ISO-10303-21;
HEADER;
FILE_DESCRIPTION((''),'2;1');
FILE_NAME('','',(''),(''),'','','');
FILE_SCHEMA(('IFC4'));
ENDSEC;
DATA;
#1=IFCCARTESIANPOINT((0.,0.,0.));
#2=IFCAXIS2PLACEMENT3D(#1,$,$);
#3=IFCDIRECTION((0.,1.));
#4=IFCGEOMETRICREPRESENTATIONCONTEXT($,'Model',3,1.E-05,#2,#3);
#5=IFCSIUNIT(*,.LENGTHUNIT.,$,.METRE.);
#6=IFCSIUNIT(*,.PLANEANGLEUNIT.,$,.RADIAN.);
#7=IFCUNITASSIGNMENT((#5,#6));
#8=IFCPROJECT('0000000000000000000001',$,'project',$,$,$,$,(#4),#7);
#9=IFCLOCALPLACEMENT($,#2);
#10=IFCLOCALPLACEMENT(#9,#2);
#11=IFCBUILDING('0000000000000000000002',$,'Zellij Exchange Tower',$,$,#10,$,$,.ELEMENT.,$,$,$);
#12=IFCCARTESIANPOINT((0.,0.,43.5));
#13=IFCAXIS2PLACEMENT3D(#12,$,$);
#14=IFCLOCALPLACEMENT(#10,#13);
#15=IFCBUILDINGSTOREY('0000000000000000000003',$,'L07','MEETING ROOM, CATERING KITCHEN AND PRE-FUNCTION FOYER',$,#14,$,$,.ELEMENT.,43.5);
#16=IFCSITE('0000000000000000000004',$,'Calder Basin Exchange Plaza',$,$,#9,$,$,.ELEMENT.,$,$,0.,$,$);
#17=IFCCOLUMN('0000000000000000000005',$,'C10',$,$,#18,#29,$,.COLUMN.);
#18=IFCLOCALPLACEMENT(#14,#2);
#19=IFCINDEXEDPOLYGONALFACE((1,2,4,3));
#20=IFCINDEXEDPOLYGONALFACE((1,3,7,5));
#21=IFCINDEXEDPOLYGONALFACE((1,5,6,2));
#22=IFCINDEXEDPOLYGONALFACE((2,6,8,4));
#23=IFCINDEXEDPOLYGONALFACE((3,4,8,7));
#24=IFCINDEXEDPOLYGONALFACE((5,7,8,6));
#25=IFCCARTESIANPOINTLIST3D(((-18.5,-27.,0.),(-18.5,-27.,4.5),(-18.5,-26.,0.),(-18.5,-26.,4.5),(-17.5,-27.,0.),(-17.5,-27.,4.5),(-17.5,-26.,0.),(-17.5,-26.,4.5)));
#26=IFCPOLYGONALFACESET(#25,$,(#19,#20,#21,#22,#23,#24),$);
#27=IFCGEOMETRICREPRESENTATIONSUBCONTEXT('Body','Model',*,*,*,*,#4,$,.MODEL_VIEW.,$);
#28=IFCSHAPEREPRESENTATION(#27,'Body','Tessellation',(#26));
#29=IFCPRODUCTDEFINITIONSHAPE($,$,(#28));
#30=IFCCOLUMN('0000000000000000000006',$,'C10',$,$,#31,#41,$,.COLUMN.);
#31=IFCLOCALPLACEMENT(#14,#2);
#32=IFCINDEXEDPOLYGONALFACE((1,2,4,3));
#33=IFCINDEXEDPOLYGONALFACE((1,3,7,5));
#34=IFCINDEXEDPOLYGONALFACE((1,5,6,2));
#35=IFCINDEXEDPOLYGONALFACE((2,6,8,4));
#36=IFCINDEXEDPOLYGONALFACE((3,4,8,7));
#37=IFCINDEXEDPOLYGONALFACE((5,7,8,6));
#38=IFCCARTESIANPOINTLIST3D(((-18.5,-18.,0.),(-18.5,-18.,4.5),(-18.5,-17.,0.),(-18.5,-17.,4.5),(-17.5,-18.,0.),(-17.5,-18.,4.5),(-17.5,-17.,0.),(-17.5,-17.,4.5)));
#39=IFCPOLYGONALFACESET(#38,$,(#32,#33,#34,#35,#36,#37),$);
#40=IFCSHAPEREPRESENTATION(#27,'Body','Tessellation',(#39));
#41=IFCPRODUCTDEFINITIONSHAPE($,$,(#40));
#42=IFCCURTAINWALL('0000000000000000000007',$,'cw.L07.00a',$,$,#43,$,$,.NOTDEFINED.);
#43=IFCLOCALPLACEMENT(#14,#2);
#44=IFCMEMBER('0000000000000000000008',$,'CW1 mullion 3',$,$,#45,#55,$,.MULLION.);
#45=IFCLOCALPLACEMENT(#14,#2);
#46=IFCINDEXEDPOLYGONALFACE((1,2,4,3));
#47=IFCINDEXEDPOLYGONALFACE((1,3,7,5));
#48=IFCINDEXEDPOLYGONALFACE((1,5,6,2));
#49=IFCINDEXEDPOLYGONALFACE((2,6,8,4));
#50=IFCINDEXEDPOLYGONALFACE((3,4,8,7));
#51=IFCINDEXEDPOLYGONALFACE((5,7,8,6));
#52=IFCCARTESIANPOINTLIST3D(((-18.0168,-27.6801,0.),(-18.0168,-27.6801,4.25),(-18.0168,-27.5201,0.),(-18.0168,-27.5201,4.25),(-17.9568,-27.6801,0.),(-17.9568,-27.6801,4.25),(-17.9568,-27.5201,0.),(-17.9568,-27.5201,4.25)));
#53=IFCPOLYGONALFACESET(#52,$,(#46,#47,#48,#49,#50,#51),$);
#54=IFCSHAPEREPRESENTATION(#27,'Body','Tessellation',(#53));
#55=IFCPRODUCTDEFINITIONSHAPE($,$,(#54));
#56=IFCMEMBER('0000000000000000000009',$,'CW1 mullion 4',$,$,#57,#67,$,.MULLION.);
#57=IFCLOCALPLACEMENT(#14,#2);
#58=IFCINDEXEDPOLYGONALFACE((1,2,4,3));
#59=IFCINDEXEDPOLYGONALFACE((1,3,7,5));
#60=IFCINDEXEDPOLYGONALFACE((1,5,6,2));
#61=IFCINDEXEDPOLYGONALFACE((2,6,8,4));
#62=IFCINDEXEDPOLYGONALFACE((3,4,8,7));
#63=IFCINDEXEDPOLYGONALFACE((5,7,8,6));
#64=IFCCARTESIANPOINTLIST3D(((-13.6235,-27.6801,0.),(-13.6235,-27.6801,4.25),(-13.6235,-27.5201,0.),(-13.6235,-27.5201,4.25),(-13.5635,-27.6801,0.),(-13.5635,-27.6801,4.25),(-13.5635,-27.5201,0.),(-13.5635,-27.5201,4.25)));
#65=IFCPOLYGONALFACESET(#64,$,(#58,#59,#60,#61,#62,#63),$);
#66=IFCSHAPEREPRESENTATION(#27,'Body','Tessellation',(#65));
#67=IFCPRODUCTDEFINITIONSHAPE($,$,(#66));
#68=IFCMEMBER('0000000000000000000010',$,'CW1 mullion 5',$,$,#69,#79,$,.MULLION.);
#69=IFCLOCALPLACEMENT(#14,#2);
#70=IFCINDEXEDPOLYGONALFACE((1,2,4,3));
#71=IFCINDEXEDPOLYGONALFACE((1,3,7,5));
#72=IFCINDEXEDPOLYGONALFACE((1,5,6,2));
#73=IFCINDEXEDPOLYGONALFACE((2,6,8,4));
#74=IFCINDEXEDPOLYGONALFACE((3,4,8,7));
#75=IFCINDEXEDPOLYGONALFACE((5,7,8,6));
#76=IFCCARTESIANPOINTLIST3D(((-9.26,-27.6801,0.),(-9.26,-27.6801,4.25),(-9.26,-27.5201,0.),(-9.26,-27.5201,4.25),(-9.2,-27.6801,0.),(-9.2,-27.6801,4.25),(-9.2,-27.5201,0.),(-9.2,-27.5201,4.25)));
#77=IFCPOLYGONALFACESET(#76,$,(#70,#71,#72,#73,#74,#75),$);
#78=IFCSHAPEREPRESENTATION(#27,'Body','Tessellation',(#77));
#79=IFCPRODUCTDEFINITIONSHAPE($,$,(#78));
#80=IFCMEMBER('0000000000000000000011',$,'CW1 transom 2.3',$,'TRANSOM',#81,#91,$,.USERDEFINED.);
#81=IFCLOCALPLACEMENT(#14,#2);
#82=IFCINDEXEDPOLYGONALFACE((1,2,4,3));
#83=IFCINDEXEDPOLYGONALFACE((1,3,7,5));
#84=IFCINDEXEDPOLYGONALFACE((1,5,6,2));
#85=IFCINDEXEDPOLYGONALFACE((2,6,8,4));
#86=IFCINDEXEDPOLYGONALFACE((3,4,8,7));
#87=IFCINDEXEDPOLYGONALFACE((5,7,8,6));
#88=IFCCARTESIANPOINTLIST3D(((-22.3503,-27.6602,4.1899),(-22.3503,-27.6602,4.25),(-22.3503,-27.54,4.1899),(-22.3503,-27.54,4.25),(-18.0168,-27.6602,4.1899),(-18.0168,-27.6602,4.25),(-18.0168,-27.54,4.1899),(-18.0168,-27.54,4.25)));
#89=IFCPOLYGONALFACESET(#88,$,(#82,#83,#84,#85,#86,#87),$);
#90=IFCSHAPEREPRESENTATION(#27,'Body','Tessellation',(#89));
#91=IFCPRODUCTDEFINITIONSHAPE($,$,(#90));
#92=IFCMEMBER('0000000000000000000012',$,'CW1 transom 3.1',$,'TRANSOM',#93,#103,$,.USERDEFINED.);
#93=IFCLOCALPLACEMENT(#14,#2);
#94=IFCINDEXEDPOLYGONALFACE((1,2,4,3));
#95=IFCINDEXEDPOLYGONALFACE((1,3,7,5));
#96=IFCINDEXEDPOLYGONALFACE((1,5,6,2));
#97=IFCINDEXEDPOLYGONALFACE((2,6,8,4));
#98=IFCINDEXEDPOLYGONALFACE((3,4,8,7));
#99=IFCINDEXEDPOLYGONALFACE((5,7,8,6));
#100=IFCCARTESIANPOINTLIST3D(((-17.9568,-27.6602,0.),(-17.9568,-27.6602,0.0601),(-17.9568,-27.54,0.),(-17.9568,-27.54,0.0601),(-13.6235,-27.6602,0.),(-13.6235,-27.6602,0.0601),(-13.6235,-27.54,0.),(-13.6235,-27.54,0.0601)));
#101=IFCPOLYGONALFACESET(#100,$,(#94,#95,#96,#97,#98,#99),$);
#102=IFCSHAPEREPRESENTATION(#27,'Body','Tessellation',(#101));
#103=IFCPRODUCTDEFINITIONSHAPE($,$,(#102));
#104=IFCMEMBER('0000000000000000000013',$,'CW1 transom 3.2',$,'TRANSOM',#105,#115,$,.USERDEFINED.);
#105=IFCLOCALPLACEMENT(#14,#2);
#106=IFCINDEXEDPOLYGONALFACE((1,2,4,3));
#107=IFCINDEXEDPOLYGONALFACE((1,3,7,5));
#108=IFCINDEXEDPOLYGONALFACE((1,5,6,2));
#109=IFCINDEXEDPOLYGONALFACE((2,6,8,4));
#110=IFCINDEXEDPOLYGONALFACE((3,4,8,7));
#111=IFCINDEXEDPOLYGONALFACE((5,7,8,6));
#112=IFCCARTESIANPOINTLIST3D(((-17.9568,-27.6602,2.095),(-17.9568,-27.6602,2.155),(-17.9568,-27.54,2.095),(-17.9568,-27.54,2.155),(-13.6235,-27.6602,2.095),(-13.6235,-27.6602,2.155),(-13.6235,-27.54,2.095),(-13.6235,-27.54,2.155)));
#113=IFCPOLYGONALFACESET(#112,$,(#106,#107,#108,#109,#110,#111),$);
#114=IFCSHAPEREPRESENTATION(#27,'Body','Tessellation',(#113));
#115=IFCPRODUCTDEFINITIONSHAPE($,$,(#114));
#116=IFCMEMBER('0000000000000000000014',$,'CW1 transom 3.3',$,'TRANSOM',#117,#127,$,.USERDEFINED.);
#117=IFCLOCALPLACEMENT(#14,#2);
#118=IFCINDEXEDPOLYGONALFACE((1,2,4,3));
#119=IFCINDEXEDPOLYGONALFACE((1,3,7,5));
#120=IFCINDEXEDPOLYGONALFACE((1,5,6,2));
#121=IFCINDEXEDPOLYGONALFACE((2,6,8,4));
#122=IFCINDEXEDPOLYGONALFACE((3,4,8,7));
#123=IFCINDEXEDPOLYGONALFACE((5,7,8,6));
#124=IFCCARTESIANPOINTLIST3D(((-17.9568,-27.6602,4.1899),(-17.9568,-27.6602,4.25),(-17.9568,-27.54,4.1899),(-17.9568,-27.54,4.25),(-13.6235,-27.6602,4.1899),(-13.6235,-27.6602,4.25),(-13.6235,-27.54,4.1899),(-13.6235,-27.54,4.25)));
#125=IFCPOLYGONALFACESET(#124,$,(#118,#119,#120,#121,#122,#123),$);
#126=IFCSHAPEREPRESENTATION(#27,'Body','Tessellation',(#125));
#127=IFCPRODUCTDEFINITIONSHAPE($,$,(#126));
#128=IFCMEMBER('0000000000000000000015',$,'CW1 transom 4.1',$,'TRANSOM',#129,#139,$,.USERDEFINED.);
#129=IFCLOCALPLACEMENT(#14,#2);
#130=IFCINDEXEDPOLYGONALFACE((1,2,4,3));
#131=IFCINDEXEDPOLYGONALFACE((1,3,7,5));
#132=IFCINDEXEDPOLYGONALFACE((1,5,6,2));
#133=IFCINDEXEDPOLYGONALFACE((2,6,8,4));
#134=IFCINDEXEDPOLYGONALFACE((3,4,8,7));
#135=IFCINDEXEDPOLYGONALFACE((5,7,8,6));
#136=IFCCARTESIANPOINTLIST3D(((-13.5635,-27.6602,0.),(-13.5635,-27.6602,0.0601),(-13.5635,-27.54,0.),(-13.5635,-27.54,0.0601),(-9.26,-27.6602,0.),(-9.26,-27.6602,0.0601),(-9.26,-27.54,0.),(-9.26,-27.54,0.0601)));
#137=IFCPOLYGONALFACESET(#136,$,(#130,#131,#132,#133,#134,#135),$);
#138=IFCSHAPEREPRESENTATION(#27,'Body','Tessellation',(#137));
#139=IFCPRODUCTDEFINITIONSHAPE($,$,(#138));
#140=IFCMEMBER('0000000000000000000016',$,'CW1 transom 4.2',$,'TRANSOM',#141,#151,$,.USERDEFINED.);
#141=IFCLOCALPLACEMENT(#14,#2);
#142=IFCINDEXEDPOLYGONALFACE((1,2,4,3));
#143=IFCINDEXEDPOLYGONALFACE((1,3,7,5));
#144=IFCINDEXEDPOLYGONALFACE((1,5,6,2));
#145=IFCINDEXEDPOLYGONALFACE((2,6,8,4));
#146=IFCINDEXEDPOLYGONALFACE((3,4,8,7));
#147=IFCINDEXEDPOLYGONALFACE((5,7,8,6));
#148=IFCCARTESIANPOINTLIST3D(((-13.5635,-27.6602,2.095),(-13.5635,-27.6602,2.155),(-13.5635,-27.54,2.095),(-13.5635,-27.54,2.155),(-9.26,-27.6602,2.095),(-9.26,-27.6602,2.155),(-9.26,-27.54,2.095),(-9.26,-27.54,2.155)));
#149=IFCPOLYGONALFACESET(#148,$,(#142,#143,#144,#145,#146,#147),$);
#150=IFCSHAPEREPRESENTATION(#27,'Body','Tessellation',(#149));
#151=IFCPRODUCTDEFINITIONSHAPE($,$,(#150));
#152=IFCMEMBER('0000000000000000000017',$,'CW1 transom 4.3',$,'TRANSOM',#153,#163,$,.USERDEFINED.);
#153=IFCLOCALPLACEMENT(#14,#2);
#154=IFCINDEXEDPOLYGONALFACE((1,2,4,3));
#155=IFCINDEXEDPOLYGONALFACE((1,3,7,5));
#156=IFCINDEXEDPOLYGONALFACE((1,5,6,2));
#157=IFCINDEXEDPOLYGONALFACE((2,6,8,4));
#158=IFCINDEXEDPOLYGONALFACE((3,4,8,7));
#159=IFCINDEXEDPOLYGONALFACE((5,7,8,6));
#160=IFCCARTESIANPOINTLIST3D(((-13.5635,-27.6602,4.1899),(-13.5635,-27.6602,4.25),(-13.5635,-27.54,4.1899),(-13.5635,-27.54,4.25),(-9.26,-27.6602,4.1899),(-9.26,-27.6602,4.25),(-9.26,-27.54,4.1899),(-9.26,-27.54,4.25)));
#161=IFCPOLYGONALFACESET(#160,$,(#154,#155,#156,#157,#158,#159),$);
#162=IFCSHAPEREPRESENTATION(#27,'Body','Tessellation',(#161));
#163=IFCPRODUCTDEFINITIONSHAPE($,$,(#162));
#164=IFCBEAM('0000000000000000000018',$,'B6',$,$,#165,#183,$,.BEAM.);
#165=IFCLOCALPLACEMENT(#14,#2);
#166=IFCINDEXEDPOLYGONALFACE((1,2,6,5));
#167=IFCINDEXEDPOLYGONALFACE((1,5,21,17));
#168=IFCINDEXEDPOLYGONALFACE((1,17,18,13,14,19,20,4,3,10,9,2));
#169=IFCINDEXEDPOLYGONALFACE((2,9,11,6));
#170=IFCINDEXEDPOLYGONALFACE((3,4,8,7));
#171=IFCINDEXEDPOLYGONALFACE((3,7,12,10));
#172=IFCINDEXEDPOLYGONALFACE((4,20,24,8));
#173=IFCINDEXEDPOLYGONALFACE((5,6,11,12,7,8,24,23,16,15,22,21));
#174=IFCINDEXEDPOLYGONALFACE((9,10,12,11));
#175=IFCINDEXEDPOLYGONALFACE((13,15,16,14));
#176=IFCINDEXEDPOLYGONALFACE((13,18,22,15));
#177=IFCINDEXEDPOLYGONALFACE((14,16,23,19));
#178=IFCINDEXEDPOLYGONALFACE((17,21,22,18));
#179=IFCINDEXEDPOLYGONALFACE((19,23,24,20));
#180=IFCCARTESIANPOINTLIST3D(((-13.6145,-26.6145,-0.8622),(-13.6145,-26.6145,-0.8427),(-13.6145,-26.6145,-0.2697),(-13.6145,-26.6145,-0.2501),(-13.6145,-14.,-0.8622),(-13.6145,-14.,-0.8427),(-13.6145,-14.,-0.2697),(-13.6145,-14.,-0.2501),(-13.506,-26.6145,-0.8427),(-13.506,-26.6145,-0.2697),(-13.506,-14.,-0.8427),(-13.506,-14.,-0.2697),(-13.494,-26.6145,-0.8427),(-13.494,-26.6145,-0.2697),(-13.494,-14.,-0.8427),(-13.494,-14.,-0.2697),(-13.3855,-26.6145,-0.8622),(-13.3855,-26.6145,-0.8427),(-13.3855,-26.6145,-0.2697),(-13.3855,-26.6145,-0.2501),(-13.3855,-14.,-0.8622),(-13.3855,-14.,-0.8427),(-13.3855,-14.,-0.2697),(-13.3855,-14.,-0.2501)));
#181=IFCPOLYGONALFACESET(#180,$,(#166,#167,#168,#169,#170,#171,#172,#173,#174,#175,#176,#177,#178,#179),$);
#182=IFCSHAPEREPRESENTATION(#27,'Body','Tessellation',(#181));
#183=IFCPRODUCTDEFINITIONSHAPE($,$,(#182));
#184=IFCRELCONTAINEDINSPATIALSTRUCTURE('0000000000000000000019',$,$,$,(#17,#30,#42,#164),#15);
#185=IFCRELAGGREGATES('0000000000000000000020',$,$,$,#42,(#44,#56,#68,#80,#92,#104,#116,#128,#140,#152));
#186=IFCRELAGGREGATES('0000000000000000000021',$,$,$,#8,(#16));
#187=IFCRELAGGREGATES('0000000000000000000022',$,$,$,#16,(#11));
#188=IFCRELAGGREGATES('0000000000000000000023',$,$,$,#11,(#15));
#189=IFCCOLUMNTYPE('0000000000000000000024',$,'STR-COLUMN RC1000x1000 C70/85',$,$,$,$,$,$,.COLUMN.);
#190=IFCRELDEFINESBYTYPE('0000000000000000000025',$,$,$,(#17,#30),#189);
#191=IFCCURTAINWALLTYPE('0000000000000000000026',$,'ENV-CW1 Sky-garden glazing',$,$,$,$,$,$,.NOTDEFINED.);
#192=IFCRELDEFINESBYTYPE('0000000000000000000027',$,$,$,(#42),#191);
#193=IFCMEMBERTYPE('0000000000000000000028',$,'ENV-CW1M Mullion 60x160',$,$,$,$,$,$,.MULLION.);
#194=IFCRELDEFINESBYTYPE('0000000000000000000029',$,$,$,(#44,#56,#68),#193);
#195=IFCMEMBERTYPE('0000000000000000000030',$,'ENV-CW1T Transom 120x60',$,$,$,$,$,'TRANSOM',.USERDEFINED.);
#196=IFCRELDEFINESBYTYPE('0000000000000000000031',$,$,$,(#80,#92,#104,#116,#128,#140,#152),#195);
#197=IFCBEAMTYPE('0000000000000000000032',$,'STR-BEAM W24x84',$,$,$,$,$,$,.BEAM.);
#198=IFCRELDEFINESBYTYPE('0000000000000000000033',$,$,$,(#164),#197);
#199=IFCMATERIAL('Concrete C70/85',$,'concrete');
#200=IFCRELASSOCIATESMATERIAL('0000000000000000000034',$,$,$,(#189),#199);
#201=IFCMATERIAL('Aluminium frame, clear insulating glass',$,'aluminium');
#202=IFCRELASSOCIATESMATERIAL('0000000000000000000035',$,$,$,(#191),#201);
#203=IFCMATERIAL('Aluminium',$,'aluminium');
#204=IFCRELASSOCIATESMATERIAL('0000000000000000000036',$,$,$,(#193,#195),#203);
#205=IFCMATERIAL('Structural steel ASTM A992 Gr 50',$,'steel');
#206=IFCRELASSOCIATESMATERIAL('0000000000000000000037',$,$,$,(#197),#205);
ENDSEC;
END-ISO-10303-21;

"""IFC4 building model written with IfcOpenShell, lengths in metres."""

from ifc_helpers import new_model, si_unit, direction, frame, origin, origin_2d, place, context, subcontext, project, spatial, rectangle, i_section, extrude, material, material_profile, profile_set, type_object, element, aggregate, save


model = new_model("IFC4")

# Units and contexts
model_context = context("Model", 3, precision=1e-05, world=origin(), true_north=direction((0.0, 1.0)))
body_context = subcontext(model_context, "Body", "Model", "MODEL_VIEW")
ifc_project = project(units=[si_unit("LENGTHUNIT", "METRE"), si_unit("PLANEANGLEUNIT", "RADIAN")], contexts=[model_context])

# Site, building, storey
site_placement = place(None, origin())
site = spatial("IfcSite", under=ifc_project, at=site_placement, Name="Calder Basin Exchange Plaza", CompositionType="ELEMENT", RefElevation=0.0)
building_placement = place(site_placement, origin())
building = spatial("IfcBuilding", under=site, at=building_placement, Name="Zellij Exchange Tower", CompositionType="ELEMENT")
storey_placement = place(building_placement, frame((0.0, 0.0, 43.5)))
storey = spatial("IfcBuildingStorey", under=building, at=storey_placement, Name="L07", Description="MEETING ROOM, CATERING KITCHEN AND PRE-FUNCTION FOYER", CompositionType="ELEMENT", Elevation=43.5)

# Columns
ifc_material_1 = material(Name="Concrete C70/85", Category="concrete")
ifc_material_profile_1 = material_profile(ifc_material_1, rectangle(XDim=1.0, YDim=1.0, at=origin_2d()), Name="STR-COLUMN RC1000x1000 C70/85")
ifc_profile_set_1 = profile_set([ifc_material_profile_1], Name="Concrete C70/85")
column_type = type_object("IfcColumnType", Name="STR-COLUMN RC1000x1000 C70/85", PredefinedType="COLUMN", material=ifc_profile_set_1)
for number, where, z_axis, x_axis, name in (
    (1, (-18.0, -26.5, 0.0), (0.0, 0.0, 1.0), (1.0, 0.0, 0.0), "C10"),
    (2, (-18.0, -17.5, 0.0), (0.0, 0.0, 1.0), (1.0, 0.0, 0.0), "C10"),
):
    element("IfcColumn", number, at=place(storey_placement, frame(where, z_axis=z_axis, x_axis=x_axis)), inside=storey, type_object=column_type, Name=name, PredefinedType="COLUMN", context=body_context, shape_type="SweptSolid", body=[
        extrude(rectangle(XDim=1.0, YDim=1.0, at=origin_2d()), origin(), (0.0, 0.0, 1.0), 4.5),
    ])

# Curtain wall, members
ifc_material_2 = material(Name="Aluminium frame, clear insulating glass", Category="aluminium")
curtain_wall_type = type_object("IfcCurtainWallType", Name="ENV-CW1 Sky-garden glazing", PredefinedType="NOTDEFINED", material=ifc_material_2)
curtain_wall_placement = place(storey_placement, origin())
curtain_wall = element("IfcCurtainWall", 3, at=curtain_wall_placement, inside=storey, type_object=curtain_wall_type, Name="cw.L07.00a", PredefinedType="NOTDEFINED")
ifc_material_3 = material(Name="Aluminium", Category="aluminium")
ifc_material_profile_2 = material_profile(ifc_material_3, rectangle(XDim=0.0601, YDim=0.1599, at=origin_2d()), Name="AL 60x160")
ifc_profile_set_2 = profile_set([ifc_material_profile_2], Name="Aluminium")
member_type_1 = type_object("IfcMemberType", Name="ENV-CW1M Mullion 60x160", PredefinedType="MULLION", material=ifc_profile_set_2)
member_1_placement = place(storey_placement, frame((-17.9868, -27.6001, 0.0), z_axis=(0.0, 0.0, 1.0), x_axis=(1.0, 0.0, 0.0)))
member_1 = element("IfcMember", 4, at=member_1_placement, type_object=member_type_1, Name="CW1 mullion 3", PredefinedType="MULLION", context=body_context, shape_type="SweptSolid", body=[
    extrude(rectangle(XDim=0.0601, YDim=0.1599, at=origin_2d()), origin(), (0.0, 0.0, 1.0), 4.25),
])
member_2_placement = place(storey_placement, frame((-13.5935, -27.6001, 0.0), z_axis=(0.0, 0.0, 1.0), x_axis=(1.0, 0.0, 0.0)))
member_2 = element("IfcMember", 5, at=member_2_placement, type_object=member_type_1, Name="CW1 mullion 4", PredefinedType="MULLION", context=body_context, shape_type="SweptSolid", body=[
    extrude(rectangle(XDim=0.0601, YDim=0.1599, at=origin_2d()), origin(), (0.0, 0.0, 1.0), 4.25),
])
member_3_placement = place(storey_placement, frame((-9.23, -27.6001, 0.0), z_axis=(0.0, 0.0, 1.0), x_axis=(1.0, 0.0, 0.0)))
member_3 = element("IfcMember", 6, at=member_3_placement, type_object=member_type_1, Name="CW1 mullion 5", PredefinedType="MULLION", context=body_context, shape_type="SweptSolid", body=[
    extrude(rectangle(XDim=0.0601, YDim=0.1599, at=origin_2d()), origin(), (0.0, 0.0, 1.0), 4.25),
])
ifc_material_profile_3 = material_profile(ifc_material_3, rectangle(XDim=0.1201, YDim=0.0601, at=origin_2d()), Name="AL 120x60")
ifc_profile_set_3 = profile_set([ifc_material_profile_3], Name="Aluminium")
member_type_2 = type_object("IfcMemberType", Name="ENV-CW1T Transom 120x60", ElementType="TRANSOM", PredefinedType="USERDEFINED", material=ifc_profile_set_3)
member_4_placement = place(storey_placement, frame((-22.3503, -27.6001, 4.22), z_axis=(1.0, 0.0, 0.0), x_axis=(0.0, 1.0, 0.0)))
member_4 = element("IfcMember", 7, at=member_4_placement, type_object=member_type_2, Name="CW1 transom 2.3", ObjectType="TRANSOM", PredefinedType="USERDEFINED", context=body_context, shape_type="SweptSolid", body=[
    extrude(rectangle(XDim=0.1201, YDim=0.0601, at=origin_2d()), origin(), (0.0, 0.0, 1.0), 4.3335),
])
member_5_placement = place(storey_placement, frame((-17.9568, -27.6001, 0.03), z_axis=(1.0, 0.0, 0.0), x_axis=(0.0, 1.0, 0.0)))
member_5 = element("IfcMember", 8, at=member_5_placement, type_object=member_type_2, Name="CW1 transom 3.1", ObjectType="TRANSOM", PredefinedType="USERDEFINED", context=body_context, shape_type="SweptSolid", body=[
    extrude(rectangle(XDim=0.1201, YDim=0.0601, at=origin_2d()), origin(), (0.0, 0.0, 1.0), 4.3333),
])
member_6_placement = place(storey_placement, frame((-17.9568, -27.6001, 2.125), z_axis=(1.0, 0.0, 0.0), x_axis=(0.0, 1.0, 0.0)))
member_6 = element("IfcMember", 9, at=member_6_placement, type_object=member_type_2, Name="CW1 transom 3.2", ObjectType="TRANSOM", PredefinedType="USERDEFINED", context=body_context, shape_type="SweptSolid", body=[
    extrude(rectangle(XDim=0.1201, YDim=0.0601, at=origin_2d()), origin(), (0.0, 0.0, 1.0), 4.3333),
])
member_7_placement = place(storey_placement, frame((-17.9568, -27.6001, 4.22), z_axis=(1.0, 0.0, 0.0), x_axis=(0.0, 1.0, 0.0)))
member_7 = element("IfcMember", 10, at=member_7_placement, type_object=member_type_2, Name="CW1 transom 3.3", ObjectType="TRANSOM", PredefinedType="USERDEFINED", context=body_context, shape_type="SweptSolid", body=[
    extrude(rectangle(XDim=0.1201, YDim=0.0601, at=origin_2d()), origin(), (0.0, 0.0, 1.0), 4.3333),
])
member_8_placement = place(storey_placement, frame((-13.5635, -27.6001, 0.03), z_axis=(1.0, 0.0, 0.0), x_axis=(0.0, 1.0, 0.0)))
member_8 = element("IfcMember", 11, at=member_8_placement, type_object=member_type_2, Name="CW1 transom 4.1", ObjectType="TRANSOM", PredefinedType="USERDEFINED", context=body_context, shape_type="SweptSolid", body=[
    extrude(rectangle(XDim=0.1201, YDim=0.0601, at=origin_2d()), origin(), (0.0, 0.0, 1.0), 4.3035),
])
member_9_placement = place(storey_placement, frame((-13.5635, -27.6001, 2.125), z_axis=(1.0, 0.0, 0.0), x_axis=(0.0, 1.0, 0.0)))
member_9 = element("IfcMember", 12, at=member_9_placement, type_object=member_type_2, Name="CW1 transom 4.2", ObjectType="TRANSOM", PredefinedType="USERDEFINED", context=body_context, shape_type="SweptSolid", body=[
    extrude(rectangle(XDim=0.1201, YDim=0.0601, at=origin_2d()), origin(), (0.0, 0.0, 1.0), 4.3035),
])
member_10_placement = place(storey_placement, frame((-13.5635, -27.6001, 4.22), z_axis=(1.0, 0.0, 0.0), x_axis=(0.0, 1.0, 0.0)))
member_10 = element("IfcMember", 13, at=member_10_placement, type_object=member_type_2, Name="CW1 transom 4.3", ObjectType="TRANSOM", PredefinedType="USERDEFINED", context=body_context, shape_type="SweptSolid", body=[
    extrude(rectangle(XDim=0.1201, YDim=0.0601, at=origin_2d()), origin(), (0.0, 0.0, 1.0), 4.3035),
])

# Beam
ifc_material_4 = material(Name="Structural steel ASTM A992 Gr 50", Category="steel")
ifc_material_profile_4 = material_profile(ifc_material_4, i_section(OverallWidth=0.229, OverallDepth=0.6121, WebThickness=0.012, FlangeThickness=0.0195, at=origin_2d()), Name="W24x84")
ifc_profile_set_4 = profile_set([ifc_material_profile_4], Name="Structural steel ASTM A992 Gr 50")
beam_type_1 = type_object("IfcBeamType", Name="STR-BEAM W24x84", PredefinedType="BEAM", material=ifc_profile_set_4)
beam_1_placement = place(storey_placement, frame((-13.5, -26.6145, -0.5562), z_axis=(0.0, 1.0, 0.0), x_axis=(-1.0, 0.0, 0.0)))
element("IfcBeam", 14, at=beam_1_placement, inside=storey, type_object=beam_type_1, Name="B6", PredefinedType="BEAM", context=body_context, shape_type="SweptSolid", body=[
    extrude(i_section(OverallWidth=0.229, OverallDepth=0.6121, WebThickness=0.012, FlangeThickness=0.0195, at=origin_2d()), origin(), (0.0, 0.0, 1.0), 12.6145),
])

aggregate(curtain_wall, [member_1, member_2, member_3, member_4, member_5, member_6, member_7, member_8, member_9, member_10])

save(model, "model.ifc")
